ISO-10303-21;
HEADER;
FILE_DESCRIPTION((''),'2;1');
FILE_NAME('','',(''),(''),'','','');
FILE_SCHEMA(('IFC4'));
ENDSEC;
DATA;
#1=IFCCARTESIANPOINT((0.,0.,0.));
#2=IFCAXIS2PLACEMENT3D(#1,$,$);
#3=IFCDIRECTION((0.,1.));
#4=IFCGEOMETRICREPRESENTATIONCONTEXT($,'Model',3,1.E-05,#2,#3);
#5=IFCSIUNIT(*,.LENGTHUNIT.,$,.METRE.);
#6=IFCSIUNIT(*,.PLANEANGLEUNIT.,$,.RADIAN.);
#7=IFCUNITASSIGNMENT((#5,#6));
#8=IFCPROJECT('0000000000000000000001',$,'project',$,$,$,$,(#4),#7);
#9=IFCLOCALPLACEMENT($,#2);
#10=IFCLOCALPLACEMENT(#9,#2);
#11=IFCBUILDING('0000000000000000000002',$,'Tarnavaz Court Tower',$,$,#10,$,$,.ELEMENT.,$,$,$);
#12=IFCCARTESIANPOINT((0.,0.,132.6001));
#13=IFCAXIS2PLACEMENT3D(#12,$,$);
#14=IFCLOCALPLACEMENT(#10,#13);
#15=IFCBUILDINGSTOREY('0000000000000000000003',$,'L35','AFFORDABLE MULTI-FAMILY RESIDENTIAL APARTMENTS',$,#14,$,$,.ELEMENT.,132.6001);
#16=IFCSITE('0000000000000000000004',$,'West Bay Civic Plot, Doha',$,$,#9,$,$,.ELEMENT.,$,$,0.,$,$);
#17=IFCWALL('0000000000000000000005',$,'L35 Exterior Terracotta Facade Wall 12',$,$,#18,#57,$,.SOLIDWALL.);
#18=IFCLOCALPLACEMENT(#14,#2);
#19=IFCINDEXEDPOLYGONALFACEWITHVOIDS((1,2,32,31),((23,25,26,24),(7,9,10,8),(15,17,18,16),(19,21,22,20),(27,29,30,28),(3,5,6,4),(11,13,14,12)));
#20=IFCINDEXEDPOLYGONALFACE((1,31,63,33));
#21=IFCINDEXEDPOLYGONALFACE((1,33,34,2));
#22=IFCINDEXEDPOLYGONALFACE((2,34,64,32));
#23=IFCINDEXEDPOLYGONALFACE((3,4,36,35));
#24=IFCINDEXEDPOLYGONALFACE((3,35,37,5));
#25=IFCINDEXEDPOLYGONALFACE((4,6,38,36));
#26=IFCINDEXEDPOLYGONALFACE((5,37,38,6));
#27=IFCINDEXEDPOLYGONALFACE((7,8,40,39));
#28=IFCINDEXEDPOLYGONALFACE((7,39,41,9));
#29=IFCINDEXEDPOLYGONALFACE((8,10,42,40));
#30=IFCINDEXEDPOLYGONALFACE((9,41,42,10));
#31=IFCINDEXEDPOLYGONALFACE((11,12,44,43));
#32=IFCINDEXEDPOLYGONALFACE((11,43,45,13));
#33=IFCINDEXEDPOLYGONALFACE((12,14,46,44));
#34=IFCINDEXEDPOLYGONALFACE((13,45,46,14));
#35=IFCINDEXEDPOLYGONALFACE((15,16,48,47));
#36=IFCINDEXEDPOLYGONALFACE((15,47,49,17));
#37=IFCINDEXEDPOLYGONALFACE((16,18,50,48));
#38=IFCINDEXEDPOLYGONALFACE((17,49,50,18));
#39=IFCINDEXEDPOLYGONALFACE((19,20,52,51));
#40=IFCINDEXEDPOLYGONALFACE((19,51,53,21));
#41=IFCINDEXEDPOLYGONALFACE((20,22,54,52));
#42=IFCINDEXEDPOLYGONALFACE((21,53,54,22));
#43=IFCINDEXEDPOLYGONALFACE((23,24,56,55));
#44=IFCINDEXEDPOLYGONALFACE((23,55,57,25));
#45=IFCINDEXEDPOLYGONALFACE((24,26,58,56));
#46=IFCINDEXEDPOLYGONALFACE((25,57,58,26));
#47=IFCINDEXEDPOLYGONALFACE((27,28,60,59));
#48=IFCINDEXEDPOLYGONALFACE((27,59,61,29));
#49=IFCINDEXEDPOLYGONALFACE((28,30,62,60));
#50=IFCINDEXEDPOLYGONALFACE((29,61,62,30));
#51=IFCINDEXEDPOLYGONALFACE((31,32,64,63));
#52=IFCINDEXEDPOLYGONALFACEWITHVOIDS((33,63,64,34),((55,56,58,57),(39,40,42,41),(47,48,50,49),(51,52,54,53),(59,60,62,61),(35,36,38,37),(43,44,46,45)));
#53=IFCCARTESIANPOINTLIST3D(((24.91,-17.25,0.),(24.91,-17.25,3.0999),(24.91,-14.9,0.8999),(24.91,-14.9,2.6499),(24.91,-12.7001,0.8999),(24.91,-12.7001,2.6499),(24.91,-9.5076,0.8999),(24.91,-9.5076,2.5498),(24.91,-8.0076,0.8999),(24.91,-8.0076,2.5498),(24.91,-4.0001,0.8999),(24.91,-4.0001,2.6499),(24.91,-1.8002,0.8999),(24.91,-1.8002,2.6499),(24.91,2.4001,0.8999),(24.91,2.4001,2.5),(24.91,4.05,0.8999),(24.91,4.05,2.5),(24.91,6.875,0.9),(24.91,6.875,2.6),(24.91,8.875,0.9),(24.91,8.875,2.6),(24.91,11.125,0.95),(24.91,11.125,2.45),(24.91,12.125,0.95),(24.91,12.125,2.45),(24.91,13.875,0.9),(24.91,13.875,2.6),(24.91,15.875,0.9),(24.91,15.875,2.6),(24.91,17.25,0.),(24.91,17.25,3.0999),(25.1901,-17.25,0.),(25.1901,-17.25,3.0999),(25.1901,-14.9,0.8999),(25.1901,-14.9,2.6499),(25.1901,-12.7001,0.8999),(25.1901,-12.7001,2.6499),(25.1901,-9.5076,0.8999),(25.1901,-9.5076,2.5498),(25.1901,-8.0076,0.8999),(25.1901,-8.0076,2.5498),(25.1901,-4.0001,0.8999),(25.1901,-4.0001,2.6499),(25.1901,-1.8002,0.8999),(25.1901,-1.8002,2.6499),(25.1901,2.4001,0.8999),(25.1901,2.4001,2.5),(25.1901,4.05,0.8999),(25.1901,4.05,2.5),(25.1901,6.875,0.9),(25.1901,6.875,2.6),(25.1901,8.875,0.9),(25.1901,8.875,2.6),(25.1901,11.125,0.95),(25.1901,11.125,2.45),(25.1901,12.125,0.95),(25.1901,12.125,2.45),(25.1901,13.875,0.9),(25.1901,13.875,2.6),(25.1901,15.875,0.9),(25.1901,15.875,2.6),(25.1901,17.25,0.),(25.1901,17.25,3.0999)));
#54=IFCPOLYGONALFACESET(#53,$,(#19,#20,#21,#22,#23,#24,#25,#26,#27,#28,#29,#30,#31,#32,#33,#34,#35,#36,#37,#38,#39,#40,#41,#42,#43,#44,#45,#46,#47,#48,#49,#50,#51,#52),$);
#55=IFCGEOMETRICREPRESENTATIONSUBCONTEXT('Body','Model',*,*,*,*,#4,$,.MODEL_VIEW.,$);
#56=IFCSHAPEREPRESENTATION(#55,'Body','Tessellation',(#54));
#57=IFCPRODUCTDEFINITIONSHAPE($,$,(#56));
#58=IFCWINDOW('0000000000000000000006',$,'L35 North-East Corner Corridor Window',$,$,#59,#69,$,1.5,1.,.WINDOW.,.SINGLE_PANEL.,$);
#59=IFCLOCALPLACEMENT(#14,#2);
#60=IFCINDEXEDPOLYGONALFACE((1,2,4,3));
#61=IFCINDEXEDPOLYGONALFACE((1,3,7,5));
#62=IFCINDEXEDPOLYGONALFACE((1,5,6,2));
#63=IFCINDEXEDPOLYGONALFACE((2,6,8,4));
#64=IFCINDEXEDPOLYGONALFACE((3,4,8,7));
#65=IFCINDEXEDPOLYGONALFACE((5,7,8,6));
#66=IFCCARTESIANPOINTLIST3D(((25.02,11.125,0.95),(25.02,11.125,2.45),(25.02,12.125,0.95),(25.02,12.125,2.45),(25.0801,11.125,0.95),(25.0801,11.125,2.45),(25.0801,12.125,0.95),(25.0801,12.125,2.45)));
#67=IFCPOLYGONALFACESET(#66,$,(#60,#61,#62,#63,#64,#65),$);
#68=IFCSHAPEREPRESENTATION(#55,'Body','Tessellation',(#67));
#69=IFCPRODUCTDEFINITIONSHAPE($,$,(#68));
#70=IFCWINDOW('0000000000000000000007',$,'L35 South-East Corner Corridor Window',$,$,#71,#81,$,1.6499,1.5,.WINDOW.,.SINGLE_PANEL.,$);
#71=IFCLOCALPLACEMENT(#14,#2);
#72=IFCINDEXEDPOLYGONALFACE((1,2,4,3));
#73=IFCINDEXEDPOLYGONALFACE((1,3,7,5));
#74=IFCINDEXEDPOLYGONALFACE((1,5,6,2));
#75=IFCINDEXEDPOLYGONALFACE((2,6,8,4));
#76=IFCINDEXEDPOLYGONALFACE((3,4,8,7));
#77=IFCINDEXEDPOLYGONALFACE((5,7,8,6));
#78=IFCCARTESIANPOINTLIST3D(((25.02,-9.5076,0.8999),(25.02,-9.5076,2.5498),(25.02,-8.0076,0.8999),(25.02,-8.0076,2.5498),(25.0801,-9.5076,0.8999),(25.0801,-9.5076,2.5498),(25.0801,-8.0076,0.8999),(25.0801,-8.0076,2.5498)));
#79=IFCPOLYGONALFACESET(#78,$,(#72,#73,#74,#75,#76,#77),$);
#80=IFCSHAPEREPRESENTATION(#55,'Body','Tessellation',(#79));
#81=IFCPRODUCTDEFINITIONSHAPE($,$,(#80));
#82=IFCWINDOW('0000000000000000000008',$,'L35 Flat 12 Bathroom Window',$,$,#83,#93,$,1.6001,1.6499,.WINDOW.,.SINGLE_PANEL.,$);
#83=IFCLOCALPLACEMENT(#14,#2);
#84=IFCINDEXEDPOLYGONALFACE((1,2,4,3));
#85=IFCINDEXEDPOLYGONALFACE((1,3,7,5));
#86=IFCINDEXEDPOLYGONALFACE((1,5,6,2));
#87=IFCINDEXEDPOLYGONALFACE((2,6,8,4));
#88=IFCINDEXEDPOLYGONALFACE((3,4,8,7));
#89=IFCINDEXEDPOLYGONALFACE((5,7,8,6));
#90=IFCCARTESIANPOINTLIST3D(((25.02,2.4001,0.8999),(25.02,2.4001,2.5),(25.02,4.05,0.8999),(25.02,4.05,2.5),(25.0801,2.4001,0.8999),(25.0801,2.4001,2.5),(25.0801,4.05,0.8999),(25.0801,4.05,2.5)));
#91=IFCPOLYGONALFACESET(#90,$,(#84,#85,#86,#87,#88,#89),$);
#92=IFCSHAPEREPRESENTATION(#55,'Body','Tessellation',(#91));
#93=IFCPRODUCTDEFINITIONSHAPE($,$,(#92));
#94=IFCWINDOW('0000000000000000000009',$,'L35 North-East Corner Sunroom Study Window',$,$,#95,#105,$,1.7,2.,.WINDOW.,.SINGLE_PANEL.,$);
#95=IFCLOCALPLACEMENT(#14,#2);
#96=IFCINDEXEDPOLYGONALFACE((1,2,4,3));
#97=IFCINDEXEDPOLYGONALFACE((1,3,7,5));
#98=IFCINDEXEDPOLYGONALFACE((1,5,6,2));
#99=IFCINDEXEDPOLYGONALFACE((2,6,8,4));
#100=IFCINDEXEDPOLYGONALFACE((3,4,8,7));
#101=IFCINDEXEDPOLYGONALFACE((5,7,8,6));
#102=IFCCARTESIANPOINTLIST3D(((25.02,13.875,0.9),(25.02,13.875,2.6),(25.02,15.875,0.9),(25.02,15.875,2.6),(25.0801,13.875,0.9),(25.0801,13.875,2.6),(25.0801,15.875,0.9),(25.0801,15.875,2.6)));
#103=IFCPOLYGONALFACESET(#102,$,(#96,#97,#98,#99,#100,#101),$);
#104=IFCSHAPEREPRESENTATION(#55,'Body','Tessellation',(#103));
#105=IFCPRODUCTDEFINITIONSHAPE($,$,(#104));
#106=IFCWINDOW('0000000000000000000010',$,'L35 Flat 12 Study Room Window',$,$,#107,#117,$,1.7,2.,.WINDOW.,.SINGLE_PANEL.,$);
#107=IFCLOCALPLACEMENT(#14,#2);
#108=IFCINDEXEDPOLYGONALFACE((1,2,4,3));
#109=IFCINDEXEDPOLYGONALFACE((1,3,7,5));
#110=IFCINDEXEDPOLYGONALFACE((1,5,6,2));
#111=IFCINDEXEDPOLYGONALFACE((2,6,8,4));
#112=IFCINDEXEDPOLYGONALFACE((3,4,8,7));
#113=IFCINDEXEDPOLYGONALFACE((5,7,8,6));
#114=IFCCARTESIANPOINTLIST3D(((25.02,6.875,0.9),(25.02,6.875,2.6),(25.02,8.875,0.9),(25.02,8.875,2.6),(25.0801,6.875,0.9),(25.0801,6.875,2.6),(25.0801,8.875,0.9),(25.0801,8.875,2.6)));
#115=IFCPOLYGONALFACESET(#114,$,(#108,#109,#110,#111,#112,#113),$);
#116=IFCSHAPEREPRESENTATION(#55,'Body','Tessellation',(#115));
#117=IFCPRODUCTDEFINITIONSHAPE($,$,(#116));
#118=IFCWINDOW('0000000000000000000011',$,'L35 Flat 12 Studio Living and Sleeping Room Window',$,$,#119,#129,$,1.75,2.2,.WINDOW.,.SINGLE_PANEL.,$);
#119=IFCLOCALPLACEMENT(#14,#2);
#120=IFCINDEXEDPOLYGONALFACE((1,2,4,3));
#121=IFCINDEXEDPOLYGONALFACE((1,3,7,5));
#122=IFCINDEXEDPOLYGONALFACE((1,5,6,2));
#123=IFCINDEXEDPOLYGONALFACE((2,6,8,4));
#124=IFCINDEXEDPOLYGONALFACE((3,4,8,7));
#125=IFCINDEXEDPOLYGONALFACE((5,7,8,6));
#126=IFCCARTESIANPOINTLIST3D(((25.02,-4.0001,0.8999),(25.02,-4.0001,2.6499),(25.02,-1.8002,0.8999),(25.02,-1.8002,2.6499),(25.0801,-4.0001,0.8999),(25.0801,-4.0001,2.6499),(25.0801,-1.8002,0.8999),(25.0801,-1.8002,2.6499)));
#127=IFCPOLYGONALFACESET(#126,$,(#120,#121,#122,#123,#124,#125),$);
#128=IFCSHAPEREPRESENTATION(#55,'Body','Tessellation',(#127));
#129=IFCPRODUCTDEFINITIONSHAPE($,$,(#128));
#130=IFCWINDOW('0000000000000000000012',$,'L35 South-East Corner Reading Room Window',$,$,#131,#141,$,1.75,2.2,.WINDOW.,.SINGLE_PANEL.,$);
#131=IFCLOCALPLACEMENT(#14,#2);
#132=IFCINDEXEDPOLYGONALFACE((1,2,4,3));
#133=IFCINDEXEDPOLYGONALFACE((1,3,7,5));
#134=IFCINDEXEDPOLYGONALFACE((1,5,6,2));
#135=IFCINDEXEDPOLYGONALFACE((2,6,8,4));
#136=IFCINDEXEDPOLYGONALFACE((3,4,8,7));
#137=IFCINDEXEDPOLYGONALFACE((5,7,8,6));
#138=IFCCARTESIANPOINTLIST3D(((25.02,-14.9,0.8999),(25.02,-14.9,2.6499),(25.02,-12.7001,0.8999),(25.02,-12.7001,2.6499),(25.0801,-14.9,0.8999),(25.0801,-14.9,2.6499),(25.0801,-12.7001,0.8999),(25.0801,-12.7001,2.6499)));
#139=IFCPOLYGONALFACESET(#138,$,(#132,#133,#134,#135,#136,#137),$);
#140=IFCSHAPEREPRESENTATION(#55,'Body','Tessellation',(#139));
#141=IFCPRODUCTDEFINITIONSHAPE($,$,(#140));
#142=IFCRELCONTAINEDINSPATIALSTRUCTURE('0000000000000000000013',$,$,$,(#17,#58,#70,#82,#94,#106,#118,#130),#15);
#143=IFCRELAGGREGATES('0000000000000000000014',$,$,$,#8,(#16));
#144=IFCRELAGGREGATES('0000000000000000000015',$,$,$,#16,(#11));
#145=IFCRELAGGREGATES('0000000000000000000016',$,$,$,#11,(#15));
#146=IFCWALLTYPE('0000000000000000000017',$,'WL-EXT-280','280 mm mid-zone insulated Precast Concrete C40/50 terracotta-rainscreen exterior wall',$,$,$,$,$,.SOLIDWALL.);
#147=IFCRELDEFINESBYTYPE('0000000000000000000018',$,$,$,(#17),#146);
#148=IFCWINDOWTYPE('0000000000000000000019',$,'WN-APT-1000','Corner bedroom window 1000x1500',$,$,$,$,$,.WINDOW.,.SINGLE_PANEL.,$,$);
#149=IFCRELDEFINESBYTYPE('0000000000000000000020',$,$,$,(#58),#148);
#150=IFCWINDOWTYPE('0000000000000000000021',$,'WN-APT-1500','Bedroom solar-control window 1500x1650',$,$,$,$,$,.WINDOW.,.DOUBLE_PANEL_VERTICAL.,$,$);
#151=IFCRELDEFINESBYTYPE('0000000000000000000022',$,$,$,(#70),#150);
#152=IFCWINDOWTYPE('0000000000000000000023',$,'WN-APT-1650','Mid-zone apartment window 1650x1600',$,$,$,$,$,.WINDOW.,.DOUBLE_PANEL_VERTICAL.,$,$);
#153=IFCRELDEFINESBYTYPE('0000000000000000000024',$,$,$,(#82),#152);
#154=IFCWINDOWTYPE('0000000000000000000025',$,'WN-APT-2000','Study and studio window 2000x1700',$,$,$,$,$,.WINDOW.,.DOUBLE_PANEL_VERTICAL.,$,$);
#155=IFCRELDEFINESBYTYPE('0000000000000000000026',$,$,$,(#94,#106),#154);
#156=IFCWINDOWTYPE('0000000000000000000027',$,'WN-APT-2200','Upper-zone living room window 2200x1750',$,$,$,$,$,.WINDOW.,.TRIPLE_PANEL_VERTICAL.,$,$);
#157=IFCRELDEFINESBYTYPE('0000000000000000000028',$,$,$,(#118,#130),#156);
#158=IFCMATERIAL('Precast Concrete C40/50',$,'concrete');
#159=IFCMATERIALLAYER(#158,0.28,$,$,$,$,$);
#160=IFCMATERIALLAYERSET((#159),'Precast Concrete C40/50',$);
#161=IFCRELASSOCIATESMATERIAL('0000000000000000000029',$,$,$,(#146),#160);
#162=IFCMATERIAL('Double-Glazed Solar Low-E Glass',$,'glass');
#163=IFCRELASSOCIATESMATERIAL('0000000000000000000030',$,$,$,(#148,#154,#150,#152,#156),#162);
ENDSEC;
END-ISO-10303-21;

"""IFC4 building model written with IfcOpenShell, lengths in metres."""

from ifc_helpers import new_model, si_unit, direction, frame, frame_2d, origin, place, context, subcontext, project, spatial, rectangle, extrude, material, layer, layer_set, type_object, element, fill, save


model = new_model("IFC4")

# Units and contexts
model_context = context("Model", 3, precision=1e-05, world=origin(), true_north=direction((0.0, 1.0)))
body_context = subcontext(model_context, "Body", "Model", "MODEL_VIEW")
ifc_project = project(units=[si_unit("LENGTHUNIT", "METRE"), si_unit("PLANEANGLEUNIT", "RADIAN")], contexts=[model_context])

# Site, building, storey
site_placement = place(None, origin())
site = spatial("IfcSite", under=ifc_project, at=site_placement, Name="West Bay Civic Plot, Doha", CompositionType="ELEMENT", RefElevation=0.0)
building_placement = place(site_placement, origin())
building = spatial("IfcBuilding", under=site, at=building_placement, Name="Tarnavaz Court Tower", CompositionType="ELEMENT")
storey_placement = place(building_placement, frame((0.0, 0.0, 132.6001)))
storey = spatial("IfcBuildingStorey", under=building, at=storey_placement, Name="L35", Description="AFFORDABLE MULTI-FAMILY RESIDENTIAL APARTMENTS", CompositionType="ELEMENT", Elevation=132.6001)

# Shared definitions
ifc_material_1 = material(Name="Precast Concrete C40/50", Category="concrete")
ifc_layer_1 = layer(ifc_material_1, 0.28)
ifc_layer_set_1 = layer_set([ifc_layer_1], Name="Precast Concrete C40/50")
wall_type_1 = type_object("IfcWallType", Name="WL-EXT-280", Description="280 mm mid-zone insulated Precast Concrete C40/50 terracotta-rainscreen exterior wall", PredefinedType="SOLIDWALL", material=ifc_layer_set_1)
ifc_material_2 = material(Name="Double-Glazed Solar Low-E Glass", Category="glass")
window_type_1 = type_object("IfcWindowType", Name="WN-APT-1000", Description="Corner bedroom window 1000x1500", PartitioningType="SINGLE_PANEL", PredefinedType="WINDOW", material=ifc_material_2)

# Shared definitions
window_type_2 = type_object("IfcWindowType", Name="WN-APT-2000", Description="Study and studio window 2000x1700", PartitioningType="DOUBLE_PANEL_VERTICAL", PredefinedType="WINDOW", material=ifc_material_2)

# Wall, openings, windows
wall_1_placement = place(storey_placement, frame((25.05, 17.25, 0.0), z_axis=(0.0, 0.0, 1.0), x_axis=(0.0, -1.0, 0.0)))
wall_1 = element("IfcWall", 1, at=wall_1_placement, inside=storey, type_object=wall_type_1, Name="L35 Exterior Terracotta Facade Wall 12", PredefinedType="SOLIDWALL", context=body_context, shape_type="SweptSolid", body=[
    extrude(rectangle(XDim=34.5, YDim=0.28, at=frame_2d((17.25, 0.0))), origin(), (0.0, 0.0, 1.0), 3.0999),
])
opening_1_placement = place(wall_1_placement, frame((1.375, 0.0, 0.8999)))
opening_1 = element("IfcOpeningElement", 2, at=opening_1_placement, cuts=wall_1, PredefinedType="OPENING", context=body_context, shape_type="SweptSolid", body=[
    extrude(rectangle(XDim=2.0, YDim=1.7, at=frame_2d((1.0, 0.8501))), frame((0.0, 0.1499, 0.0), z_axis=(0.0, -1.0, 0.0), x_axis=(1.0, 0.0, 0.0)), (0.0, 0.0, 1.0), 0.3),
])
opening_2_placement = place(wall_1_placement, frame((5.125, 0.0, 0.95)))
opening_2 = element("IfcOpeningElement", 3, at=opening_2_placement, cuts=wall_1, PredefinedType="OPENING", context=body_context, shape_type="SweptSolid", body=[
    extrude(rectangle(XDim=1.0, YDim=1.5, at=frame_2d((0.5, 0.75))), frame((0.0, 0.1499, 0.0), z_axis=(0.0, -1.0, 0.0), x_axis=(1.0, 0.0, 0.0)), (0.0, 0.0, 1.0), 0.3),
])
opening_3_placement = place(wall_1_placement, frame((8.375, 0.0, 0.8999)))
opening_3 = element("IfcOpeningElement", 4, at=opening_3_placement, cuts=wall_1, PredefinedType="OPENING", context=body_context, shape_type="SweptSolid", body=[
    extrude(rectangle(XDim=2.0, YDim=1.7, at=frame_2d((1.0, 0.8501))), frame((0.0, 0.1499, 0.0), z_axis=(0.0, -1.0, 0.0), x_axis=(1.0, 0.0, 0.0)), (0.0, 0.0, 1.0), 0.3),
])
opening_4_placement = place(wall_1_placement, frame((13.2, 0.0, 0.8999)))
opening_4 = element("IfcOpeningElement", 5, at=opening_4_placement, cuts=wall_1, PredefinedType="OPENING", context=body_context, shape_type="SweptSolid", body=[
    extrude(rectangle(XDim=1.6499, YDim=1.6001, at=frame_2d((0.825, 0.8))), frame((0.0, 0.1499, 0.0), z_axis=(0.0, -1.0, 0.0), x_axis=(1.0, 0.0, 0.0)), (0.0, 0.0, 1.0), 0.3),
])
opening_5_placement = place(wall_1_placement, frame((19.05, 0.0, 0.8999)))
opening_5 = element("IfcOpeningElement", 6, at=opening_5_placement, cuts=wall_1, PredefinedType="OPENING", context=body_context, shape_type="SweptSolid", body=[
    extrude(rectangle(XDim=2.2, YDim=1.75, at=frame_2d((1.1001, 0.875))), frame((0.0, 0.1499, 0.0), z_axis=(0.0, -1.0, 0.0), x_axis=(1.0, 0.0, 0.0)), (0.0, 0.0, 1.0), 0.3),
])
opening_6_placement = place(wall_1_placement, frame((25.2576, 0.0, 0.8999)))
opening_6 = element("IfcOpeningElement", 7, at=opening_6_placement, cuts=wall_1, PredefinedType="OPENING", context=body_context, shape_type="SweptSolid", body=[
    extrude(rectangle(XDim=1.5, YDim=1.6499, at=frame_2d((0.75, 0.825))), frame((0.0, 0.1499, 0.0), z_axis=(0.0, -1.0, 0.0), x_axis=(1.0, 0.0, 0.0)), (0.0, 0.0, 1.0), 0.3),
])
opening_7_placement = place(wall_1_placement, frame((29.95, 0.0, 0.8999)))
opening_7 = element("IfcOpeningElement", 8, at=opening_7_placement, cuts=wall_1, PredefinedType="OPENING", context=body_context, shape_type="SweptSolid", body=[
    extrude(rectangle(XDim=2.2, YDim=1.75, at=frame_2d((1.1001, 0.875))), frame((0.0, 0.1499, 0.0), z_axis=(0.0, -1.0, 0.0), x_axis=(1.0, 0.0, 0.0)), (0.0, 0.0, 1.0), 0.3),
])
window_1_placement = place(opening_2_placement, origin())
window_1 = element("IfcWindow", 9, at=window_1_placement, inside=storey, type_object=window_type_1, Name="L35 North-East Corner Corridor Window", OverallHeight=1.5, OverallWidth=1.0, PartitioningType="SINGLE_PANEL", PredefinedType="WINDOW", context=body_context, shape_type="SweptSolid", body=[
    extrude(rectangle(XDim=1.0, YDim=1.5, at=frame_2d((0.5, 0.75))), frame((0.0, 0.03, 0.0), z_axis=(0.0, -1.0, 0.0), x_axis=(1.0, 0.0, 0.0)), (0.0, 0.0, 1.0), 0.0601),
])
fill(opening_2, window_1)
window_type_3 = type_object("IfcWindowType", Name="WN-APT-1500", Description="Bedroom solar-control window 1500x1650", PartitioningType="DOUBLE_PANEL_VERTICAL", PredefinedType="WINDOW", material=ifc_material_2)
window_2_placement = place(opening_6_placement, origin())
window_2 = element("IfcWindow", 10, at=window_2_placement, inside=storey, type_object=window_type_3, Name="L35 South-East Corner Corridor Window", OverallHeight=1.6499, OverallWidth=1.5, PartitioningType="SINGLE_PANEL", PredefinedType="WINDOW", context=body_context, shape_type="SweptSolid", body=[
    extrude(rectangle(XDim=1.5, YDim=1.6499, at=frame_2d((0.75, 0.825))), frame((0.0, 0.03, 0.0), z_axis=(0.0, -1.0, 0.0), x_axis=(1.0, 0.0, 0.0)), (0.0, 0.0, 1.0), 0.0601),
])
fill(opening_6, window_2)
window_type_4 = type_object("IfcWindowType", Name="WN-APT-1650", Description="Mid-zone apartment window 1650x1600", PartitioningType="DOUBLE_PANEL_VERTICAL", PredefinedType="WINDOW", material=ifc_material_2)
window_3_placement = place(opening_4_placement, origin())
window_3 = element("IfcWindow", 11, at=window_3_placement, inside=storey, type_object=window_type_4, Name="L35 Flat 12 Bathroom Window", OverallHeight=1.6001, OverallWidth=1.6499, PartitioningType="SINGLE_PANEL", PredefinedType="WINDOW", context=body_context, shape_type="SweptSolid", body=[
    extrude(rectangle(XDim=1.6499, YDim=1.6001, at=frame_2d((0.825, 0.8))), frame((0.0, 0.03, 0.0), z_axis=(0.0, -1.0, 0.0), x_axis=(1.0, 0.0, 0.0)), (0.0, 0.0, 1.0), 0.0601),
])
fill(opening_4, window_3)
window_4_placement = place(opening_1_placement, origin())
window_4 = element("IfcWindow", 12, at=window_4_placement, inside=storey, type_object=window_type_2, Name="L35 North-East Corner Sunroom Study Window", OverallHeight=1.7, OverallWidth=2.0, PartitioningType="SINGLE_PANEL", PredefinedType="WINDOW", context=body_context, shape_type="SweptSolid", body=[
    extrude(rectangle(XDim=2.0, YDim=1.7, at=frame_2d((1.0, 0.8501))), frame((0.0, 0.03, 0.0), z_axis=(0.0, -1.0, 0.0), x_axis=(1.0, 0.0, 0.0)), (0.0, 0.0, 1.0), 0.0601),
])
fill(opening_1, window_4)
window_5_placement = place(opening_3_placement, origin())
window_5 = element("IfcWindow", 13, at=window_5_placement, inside=storey, type_object=window_type_2, Name="L35 Flat 12 Study Room Window", OverallHeight=1.7, OverallWidth=2.0, PartitioningType="SINGLE_PANEL", PredefinedType="WINDOW", context=body_context, shape_type="SweptSolid", body=[
    extrude(rectangle(XDim=2.0, YDim=1.7, at=frame_2d((1.0, 0.8501))), frame((0.0, 0.03, 0.0), z_axis=(0.0, -1.0, 0.0), x_axis=(1.0, 0.0, 0.0)), (0.0, 0.0, 1.0), 0.0601),
])
fill(opening_3, window_5)
window_type_5 = type_object("IfcWindowType", Name="WN-APT-2200", Description="Upper-zone living room window 2200x1750", PartitioningType="TRIPLE_PANEL_VERTICAL", PredefinedType="WINDOW", material=ifc_material_2)
window_6_placement = place(opening_5_placement, origin())
window_6 = element("IfcWindow", 14, at=window_6_placement, inside=storey, type_object=window_type_5, Name="L35 Flat 12 Studio Living and Sleeping Room Window", OverallHeight=1.75, OverallWidth=2.2, PartitioningType="SINGLE_PANEL", PredefinedType="WINDOW", context=body_context, shape_type="SweptSolid", body=[
    extrude(rectangle(XDim=2.2, YDim=1.75, at=frame_2d((1.1001, 0.875))), frame((0.0, 0.03, 0.0), z_axis=(0.0, -1.0, 0.0), x_axis=(1.0, 0.0, 0.0)), (0.0, 0.0, 1.0), 0.0601),
])
fill(opening_5, window_6)
window_7_placement = place(opening_7_placement, origin())
window_7 = element("IfcWindow", 15, at=window_7_placement, inside=storey, type_object=window_type_5, Name="L35 South-East Corner Reading Room Window", OverallHeight=1.75, OverallWidth=2.2, PartitioningType="SINGLE_PANEL", PredefinedType="WINDOW", context=body_context, shape_type="SweptSolid", body=[
    extrude(rectangle(XDim=2.2, YDim=1.75, at=frame_2d((1.1001, 0.875))), frame((0.0, 0.03, 0.0), z_axis=(0.0, -1.0, 0.0), x_axis=(1.0, 0.0, 0.0)), (0.0, 0.0, 1.0), 0.0601),
])
fill(opening_7, window_7)

save(model, "model.ifc")
